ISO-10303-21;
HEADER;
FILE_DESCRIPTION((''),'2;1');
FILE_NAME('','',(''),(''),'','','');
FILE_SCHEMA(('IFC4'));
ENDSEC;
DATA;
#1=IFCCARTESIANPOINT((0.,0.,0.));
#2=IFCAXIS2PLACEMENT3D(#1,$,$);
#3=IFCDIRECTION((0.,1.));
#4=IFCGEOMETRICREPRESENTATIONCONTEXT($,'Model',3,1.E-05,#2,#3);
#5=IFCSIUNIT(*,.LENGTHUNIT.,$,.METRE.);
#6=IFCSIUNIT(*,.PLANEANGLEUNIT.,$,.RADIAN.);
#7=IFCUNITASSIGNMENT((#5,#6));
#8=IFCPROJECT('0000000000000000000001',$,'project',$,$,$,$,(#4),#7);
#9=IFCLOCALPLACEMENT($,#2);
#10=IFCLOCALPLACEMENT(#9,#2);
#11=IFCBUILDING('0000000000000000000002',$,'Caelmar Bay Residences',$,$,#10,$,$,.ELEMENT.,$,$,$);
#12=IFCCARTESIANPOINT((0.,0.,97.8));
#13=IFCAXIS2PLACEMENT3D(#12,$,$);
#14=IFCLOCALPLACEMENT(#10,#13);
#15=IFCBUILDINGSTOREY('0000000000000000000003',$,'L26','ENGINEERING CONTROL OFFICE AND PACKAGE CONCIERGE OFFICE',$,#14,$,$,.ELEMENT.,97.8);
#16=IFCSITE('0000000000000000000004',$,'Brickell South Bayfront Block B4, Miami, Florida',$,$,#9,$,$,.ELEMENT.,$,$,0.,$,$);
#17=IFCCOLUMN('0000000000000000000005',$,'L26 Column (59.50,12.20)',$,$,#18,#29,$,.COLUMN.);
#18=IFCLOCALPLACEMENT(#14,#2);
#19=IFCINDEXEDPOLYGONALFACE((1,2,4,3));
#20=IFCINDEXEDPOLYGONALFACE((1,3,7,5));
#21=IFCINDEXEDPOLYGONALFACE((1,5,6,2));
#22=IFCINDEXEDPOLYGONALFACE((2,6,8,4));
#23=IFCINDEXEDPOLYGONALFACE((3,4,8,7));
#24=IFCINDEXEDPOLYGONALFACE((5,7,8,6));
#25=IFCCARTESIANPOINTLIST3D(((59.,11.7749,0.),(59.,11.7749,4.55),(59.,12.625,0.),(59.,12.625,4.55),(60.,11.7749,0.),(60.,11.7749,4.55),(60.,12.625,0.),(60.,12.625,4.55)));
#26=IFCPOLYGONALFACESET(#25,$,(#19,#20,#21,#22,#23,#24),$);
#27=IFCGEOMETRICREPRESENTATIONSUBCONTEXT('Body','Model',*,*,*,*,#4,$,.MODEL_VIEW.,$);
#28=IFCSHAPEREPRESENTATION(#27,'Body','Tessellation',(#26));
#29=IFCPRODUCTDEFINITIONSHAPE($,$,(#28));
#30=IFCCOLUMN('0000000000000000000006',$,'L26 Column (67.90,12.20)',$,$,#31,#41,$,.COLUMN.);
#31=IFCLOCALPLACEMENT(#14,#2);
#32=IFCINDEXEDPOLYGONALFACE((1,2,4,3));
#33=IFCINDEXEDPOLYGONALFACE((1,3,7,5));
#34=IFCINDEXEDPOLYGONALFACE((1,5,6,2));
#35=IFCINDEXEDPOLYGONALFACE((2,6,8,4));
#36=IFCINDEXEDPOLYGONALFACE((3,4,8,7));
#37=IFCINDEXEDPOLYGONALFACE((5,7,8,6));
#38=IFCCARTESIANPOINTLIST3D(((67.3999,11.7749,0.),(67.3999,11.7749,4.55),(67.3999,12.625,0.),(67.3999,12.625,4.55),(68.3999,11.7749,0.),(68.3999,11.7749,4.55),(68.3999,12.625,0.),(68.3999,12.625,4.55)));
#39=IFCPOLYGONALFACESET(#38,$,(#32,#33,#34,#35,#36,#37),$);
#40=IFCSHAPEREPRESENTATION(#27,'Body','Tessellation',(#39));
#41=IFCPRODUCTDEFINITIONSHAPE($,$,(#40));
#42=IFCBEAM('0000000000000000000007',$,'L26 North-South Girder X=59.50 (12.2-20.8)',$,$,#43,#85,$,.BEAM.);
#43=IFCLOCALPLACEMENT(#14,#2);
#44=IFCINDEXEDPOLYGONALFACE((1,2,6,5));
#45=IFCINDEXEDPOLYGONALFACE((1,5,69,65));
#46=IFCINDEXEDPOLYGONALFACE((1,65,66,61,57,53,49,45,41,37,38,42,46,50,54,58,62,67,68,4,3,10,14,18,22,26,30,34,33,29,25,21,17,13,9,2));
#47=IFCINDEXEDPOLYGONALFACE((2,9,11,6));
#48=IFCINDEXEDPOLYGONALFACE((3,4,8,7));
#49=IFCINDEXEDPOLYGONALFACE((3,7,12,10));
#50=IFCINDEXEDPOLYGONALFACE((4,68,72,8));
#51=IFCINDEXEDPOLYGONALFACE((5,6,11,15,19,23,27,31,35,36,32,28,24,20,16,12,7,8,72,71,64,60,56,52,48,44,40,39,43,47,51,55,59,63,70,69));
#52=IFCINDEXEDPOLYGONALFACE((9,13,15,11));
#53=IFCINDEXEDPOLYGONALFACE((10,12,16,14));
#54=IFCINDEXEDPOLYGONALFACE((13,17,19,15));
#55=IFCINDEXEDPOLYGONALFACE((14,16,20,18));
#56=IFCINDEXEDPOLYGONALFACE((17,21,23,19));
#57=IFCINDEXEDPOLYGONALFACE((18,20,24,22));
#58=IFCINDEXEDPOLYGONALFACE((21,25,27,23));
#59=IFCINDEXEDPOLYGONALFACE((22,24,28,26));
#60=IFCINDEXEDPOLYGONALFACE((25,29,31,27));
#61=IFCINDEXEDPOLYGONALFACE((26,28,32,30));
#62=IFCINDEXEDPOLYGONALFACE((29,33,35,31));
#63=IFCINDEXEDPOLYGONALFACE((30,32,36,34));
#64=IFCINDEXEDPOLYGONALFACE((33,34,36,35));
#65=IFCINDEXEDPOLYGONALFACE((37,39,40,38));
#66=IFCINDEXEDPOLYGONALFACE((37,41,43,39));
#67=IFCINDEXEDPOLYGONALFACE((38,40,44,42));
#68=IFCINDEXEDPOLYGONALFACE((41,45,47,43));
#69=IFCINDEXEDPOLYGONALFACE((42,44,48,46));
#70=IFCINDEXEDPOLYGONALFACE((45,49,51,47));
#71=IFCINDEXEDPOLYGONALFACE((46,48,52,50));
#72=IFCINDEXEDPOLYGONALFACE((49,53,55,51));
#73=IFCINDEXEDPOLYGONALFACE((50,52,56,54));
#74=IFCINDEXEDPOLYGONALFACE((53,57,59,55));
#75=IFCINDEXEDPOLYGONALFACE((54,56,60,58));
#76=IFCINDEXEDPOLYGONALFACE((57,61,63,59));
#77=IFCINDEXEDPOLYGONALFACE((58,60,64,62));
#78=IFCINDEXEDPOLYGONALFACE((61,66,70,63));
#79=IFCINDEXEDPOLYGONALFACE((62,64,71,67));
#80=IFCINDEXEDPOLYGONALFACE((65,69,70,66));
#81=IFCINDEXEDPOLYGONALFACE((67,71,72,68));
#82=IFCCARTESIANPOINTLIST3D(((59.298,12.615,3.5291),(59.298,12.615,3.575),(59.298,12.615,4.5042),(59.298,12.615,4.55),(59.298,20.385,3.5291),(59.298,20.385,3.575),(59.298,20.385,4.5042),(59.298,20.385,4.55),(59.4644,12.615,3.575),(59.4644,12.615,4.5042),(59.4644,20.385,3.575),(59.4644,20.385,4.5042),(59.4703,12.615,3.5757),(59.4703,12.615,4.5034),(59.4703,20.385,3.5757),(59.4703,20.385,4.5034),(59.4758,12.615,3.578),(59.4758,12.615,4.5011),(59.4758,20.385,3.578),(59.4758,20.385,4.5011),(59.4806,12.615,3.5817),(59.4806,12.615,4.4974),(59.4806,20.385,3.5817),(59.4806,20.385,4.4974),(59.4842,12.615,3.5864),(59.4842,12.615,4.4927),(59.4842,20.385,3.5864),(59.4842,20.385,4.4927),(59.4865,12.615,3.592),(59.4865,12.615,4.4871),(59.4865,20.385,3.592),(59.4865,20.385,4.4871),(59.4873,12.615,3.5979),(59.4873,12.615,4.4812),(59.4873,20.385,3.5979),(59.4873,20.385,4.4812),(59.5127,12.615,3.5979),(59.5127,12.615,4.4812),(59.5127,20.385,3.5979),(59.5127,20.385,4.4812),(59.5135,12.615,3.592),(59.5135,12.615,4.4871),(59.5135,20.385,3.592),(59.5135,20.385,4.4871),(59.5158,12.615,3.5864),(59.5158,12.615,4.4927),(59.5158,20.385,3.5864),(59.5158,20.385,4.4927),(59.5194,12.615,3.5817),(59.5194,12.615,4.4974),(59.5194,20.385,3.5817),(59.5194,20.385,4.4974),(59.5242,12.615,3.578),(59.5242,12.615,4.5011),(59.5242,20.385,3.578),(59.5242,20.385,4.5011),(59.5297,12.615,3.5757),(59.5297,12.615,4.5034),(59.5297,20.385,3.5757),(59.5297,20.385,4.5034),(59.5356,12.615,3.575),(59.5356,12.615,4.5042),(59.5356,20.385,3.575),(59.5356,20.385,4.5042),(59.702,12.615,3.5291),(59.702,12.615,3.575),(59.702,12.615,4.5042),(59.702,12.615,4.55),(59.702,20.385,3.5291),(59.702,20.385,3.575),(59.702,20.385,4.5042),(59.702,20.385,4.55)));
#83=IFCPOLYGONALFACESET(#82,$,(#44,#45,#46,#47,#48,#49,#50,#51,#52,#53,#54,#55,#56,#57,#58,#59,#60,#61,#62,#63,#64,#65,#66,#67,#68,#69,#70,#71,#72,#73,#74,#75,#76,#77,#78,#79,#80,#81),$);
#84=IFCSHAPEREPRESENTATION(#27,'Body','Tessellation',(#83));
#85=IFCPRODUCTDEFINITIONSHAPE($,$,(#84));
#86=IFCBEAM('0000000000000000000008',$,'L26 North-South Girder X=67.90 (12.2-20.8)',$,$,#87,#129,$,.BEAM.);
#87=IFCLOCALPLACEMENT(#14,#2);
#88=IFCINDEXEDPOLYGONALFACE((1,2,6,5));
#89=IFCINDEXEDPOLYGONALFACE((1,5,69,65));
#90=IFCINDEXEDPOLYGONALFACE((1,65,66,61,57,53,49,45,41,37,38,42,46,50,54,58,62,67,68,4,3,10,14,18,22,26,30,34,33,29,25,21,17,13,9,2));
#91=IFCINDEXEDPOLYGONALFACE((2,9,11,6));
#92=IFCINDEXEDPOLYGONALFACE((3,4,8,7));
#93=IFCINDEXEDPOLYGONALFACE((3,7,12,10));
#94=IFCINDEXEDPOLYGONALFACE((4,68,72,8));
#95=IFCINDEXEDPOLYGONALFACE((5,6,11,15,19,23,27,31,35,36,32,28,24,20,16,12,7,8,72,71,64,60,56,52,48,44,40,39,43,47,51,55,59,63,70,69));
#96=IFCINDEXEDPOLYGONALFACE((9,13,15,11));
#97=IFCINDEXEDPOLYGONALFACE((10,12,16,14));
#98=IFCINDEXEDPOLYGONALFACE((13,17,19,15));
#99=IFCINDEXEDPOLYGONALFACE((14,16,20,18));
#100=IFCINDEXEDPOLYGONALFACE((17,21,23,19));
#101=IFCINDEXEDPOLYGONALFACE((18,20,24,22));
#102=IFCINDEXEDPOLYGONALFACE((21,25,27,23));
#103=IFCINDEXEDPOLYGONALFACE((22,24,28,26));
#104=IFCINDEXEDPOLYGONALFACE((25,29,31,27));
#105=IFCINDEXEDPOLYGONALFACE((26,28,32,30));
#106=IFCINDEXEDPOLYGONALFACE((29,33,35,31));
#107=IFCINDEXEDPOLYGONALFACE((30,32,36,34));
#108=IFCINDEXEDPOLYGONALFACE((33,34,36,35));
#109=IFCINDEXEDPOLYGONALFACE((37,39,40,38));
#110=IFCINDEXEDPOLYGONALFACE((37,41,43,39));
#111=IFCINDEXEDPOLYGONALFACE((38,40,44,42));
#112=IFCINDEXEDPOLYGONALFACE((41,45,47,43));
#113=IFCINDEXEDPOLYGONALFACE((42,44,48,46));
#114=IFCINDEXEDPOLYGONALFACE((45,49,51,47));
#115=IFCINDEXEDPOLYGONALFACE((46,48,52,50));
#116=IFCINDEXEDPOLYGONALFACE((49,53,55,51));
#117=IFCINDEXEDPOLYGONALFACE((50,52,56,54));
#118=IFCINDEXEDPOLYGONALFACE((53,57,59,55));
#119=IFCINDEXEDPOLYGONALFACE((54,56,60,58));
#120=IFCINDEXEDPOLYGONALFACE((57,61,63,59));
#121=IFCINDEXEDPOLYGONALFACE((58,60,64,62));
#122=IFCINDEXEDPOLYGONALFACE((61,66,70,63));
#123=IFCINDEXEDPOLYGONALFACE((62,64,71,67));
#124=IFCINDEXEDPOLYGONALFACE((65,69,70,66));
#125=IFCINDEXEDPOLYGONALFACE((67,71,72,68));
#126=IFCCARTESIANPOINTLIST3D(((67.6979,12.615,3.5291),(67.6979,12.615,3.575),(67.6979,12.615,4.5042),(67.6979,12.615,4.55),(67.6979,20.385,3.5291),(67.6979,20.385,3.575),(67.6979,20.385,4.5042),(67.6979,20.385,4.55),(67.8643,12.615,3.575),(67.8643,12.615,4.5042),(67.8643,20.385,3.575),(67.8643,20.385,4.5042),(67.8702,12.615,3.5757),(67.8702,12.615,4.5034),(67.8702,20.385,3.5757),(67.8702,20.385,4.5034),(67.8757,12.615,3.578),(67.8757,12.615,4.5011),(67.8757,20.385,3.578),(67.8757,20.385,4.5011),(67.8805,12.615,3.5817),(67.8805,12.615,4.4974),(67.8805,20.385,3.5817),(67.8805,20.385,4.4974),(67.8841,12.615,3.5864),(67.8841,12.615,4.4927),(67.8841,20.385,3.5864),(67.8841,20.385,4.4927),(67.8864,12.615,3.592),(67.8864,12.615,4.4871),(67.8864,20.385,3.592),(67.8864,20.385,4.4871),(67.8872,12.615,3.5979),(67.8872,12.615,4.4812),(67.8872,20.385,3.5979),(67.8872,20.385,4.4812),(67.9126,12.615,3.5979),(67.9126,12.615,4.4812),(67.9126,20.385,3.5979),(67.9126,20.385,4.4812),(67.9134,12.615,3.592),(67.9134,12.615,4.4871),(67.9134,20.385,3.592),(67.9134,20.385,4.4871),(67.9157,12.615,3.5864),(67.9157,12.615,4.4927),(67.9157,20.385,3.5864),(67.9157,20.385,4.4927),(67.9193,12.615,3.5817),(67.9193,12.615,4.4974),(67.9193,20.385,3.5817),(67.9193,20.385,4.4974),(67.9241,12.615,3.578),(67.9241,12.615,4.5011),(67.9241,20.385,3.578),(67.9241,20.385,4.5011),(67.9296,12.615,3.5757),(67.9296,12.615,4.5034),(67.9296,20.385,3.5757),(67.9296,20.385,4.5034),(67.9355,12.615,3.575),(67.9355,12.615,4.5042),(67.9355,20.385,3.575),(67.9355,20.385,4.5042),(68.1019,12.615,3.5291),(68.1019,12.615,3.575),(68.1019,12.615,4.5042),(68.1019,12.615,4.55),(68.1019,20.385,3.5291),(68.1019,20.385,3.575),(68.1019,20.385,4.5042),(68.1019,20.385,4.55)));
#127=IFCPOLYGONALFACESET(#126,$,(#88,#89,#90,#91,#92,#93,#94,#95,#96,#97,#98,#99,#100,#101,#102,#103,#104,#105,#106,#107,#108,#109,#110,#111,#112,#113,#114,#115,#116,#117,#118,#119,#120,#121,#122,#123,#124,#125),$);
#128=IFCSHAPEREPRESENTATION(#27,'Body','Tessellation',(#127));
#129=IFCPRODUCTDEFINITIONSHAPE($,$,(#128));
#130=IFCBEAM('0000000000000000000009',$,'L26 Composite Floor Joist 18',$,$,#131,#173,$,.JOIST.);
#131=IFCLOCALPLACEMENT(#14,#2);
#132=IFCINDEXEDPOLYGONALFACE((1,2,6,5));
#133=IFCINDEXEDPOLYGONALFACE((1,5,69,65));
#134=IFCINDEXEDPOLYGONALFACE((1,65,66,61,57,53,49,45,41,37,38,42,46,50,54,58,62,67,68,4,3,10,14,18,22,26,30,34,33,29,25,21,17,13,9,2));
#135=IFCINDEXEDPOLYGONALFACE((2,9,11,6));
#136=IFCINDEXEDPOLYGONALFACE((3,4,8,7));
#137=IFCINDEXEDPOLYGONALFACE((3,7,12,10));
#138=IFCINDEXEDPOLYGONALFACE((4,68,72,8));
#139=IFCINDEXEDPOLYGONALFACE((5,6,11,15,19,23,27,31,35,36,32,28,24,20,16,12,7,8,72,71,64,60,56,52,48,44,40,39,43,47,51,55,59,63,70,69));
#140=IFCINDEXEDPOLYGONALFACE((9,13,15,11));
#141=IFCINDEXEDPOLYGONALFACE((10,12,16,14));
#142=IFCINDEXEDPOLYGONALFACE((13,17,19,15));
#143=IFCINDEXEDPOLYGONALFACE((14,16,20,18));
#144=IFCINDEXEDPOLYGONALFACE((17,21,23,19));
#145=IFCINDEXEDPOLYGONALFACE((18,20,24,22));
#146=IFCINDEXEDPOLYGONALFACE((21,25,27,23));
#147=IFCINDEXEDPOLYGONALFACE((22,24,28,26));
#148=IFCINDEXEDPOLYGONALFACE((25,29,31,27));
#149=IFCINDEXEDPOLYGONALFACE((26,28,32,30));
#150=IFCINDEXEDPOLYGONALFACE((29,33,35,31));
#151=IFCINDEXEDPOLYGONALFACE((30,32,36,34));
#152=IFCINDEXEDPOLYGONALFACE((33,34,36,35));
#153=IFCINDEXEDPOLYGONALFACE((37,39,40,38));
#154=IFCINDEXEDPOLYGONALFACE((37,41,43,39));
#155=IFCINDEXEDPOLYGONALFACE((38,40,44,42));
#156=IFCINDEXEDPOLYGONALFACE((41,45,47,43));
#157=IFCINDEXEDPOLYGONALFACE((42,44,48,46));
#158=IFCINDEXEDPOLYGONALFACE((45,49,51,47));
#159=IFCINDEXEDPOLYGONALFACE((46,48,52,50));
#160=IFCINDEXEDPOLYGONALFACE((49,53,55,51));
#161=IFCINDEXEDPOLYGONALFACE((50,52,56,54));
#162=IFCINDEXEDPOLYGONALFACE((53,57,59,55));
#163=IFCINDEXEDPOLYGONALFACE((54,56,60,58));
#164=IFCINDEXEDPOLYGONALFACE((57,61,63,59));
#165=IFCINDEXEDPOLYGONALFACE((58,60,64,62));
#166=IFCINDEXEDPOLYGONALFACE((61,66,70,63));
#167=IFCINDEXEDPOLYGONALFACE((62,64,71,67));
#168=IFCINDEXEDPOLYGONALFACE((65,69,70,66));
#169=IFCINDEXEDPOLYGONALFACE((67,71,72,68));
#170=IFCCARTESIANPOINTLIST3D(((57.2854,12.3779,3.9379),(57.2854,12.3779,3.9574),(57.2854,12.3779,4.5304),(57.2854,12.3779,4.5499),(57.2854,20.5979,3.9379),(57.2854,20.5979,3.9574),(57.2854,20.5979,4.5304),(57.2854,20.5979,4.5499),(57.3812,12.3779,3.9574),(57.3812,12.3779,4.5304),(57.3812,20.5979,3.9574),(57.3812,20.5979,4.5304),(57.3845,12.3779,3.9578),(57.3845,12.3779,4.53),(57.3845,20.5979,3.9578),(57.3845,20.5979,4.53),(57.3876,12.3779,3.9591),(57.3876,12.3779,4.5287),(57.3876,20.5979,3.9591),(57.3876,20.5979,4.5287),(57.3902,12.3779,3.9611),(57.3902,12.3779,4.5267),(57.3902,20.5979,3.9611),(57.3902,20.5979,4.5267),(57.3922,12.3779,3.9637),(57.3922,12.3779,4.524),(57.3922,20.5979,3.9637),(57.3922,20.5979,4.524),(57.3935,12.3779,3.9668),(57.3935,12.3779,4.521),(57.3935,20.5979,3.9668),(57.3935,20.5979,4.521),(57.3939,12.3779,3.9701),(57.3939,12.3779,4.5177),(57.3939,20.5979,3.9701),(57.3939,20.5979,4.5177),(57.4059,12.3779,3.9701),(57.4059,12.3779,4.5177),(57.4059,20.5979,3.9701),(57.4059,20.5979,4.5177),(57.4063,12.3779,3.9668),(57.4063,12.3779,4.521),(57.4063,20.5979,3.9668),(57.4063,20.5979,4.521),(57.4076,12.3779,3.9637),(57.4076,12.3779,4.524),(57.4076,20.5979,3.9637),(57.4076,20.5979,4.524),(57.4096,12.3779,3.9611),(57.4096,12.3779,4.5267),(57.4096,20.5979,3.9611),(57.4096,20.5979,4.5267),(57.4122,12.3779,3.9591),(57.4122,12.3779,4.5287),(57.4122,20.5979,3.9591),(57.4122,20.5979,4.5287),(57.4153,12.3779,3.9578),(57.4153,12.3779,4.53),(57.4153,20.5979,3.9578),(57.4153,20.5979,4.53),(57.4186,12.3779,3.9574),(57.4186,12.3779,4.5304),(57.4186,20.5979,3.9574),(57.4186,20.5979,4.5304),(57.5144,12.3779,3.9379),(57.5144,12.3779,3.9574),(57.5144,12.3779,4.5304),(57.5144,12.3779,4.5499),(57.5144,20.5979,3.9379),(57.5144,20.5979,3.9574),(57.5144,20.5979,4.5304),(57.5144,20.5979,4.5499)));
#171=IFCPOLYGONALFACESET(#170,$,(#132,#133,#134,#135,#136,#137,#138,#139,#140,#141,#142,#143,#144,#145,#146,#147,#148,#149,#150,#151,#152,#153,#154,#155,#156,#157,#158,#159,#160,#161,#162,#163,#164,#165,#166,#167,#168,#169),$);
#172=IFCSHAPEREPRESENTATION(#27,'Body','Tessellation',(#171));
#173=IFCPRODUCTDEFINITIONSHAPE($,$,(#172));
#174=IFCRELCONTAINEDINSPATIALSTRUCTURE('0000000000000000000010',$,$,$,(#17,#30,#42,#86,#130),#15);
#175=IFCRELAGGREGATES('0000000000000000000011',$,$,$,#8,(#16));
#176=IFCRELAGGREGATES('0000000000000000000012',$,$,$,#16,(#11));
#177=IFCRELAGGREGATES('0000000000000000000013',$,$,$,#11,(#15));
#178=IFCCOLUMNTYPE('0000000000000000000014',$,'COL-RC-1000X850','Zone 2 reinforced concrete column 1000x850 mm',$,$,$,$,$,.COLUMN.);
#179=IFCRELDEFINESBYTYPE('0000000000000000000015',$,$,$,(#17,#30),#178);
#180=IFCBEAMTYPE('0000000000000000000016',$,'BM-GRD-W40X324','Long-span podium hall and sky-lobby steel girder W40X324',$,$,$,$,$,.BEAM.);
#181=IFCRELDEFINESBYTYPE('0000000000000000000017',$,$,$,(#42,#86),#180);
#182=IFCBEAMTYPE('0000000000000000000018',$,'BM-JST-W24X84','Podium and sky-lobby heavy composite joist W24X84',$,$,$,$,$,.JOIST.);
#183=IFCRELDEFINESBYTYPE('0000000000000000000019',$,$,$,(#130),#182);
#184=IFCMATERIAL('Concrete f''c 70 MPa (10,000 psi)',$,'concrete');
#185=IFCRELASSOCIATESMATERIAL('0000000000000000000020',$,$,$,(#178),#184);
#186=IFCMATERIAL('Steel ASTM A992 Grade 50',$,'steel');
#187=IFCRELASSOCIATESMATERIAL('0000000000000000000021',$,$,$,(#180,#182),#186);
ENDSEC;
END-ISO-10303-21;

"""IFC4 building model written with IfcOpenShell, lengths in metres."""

from ifc_helpers import new_model, si_unit, direction, frame, origin, origin_2d, place, context, subcontext, project, spatial, rectangle, i_section, extrude, material, material_profile, profile_set, type_object, element, save


model = new_model("IFC4")

# Units and contexts
model_context = context("Model", 3, precision=1e-05, world=origin(), true_north=direction((0.0, 1.0)))
body_context = subcontext(model_context, "Body", "Model", "MODEL_VIEW")
ifc_project = project(units=[si_unit("LENGTHUNIT", "METRE"), si_unit("PLANEANGLEUNIT", "RADIAN")], contexts=[model_context])

# Site, building, storey
site_placement = place(None, origin())
site = spatial("IfcSite", under=ifc_project, at=site_placement, Name="Brickell South Bayfront Block B4, Miami, Florida", CompositionType="ELEMENT", RefElevation=0.0)
building_placement = place(site_placement, origin())
building = spatial("IfcBuilding", under=site, at=building_placement, Name="Caelmar Bay Residences", CompositionType="ELEMENT")
storey_placement = place(building_placement, frame((0.0, 0.0, 97.8)))
storey = spatial("IfcBuildingStorey", under=building, at=storey_placement, Name="L26", Description="ENGINEERING CONTROL OFFICE AND PACKAGE CONCIERGE OFFICE", CompositionType="ELEMENT", Elevation=97.8)

# Columns
ifc_material_1 = material(Name="Concrete f'c 70 MPa (10,000 psi)", Category="concrete")
ifc_material_profile_1 = material_profile(ifc_material_1, rectangle(XDim=1.0, YDim=0.8501, at=origin_2d()), Name="RC-COL-1000X850")
ifc_profile_set_1 = profile_set([ifc_material_profile_1], Name="Concrete f'c 70 MPa (10,000 psi)")
column_type = type_object("IfcColumnType", Name="COL-RC-1000X850", Description="Zone 2 reinforced concrete column 1000x850 mm", PredefinedType="COLUMN", material=ifc_profile_set_1)
for number, where, z_axis, x_axis, name in (
    (1, (59.5, 12.2, 0.0), (0.0, 0.0, 1.0), (1.0, 0.0, 0.0), "L26 Column (59.50,12.20)"),
    (2, (67.8999, 12.2, 0.0), (0.0, 0.0, 1.0), (1.0, 0.0, 0.0), "L26 Column (67.90,12.20)"),
):
    element("IfcColumn", number, at=place(storey_placement, frame(where, z_axis=z_axis, x_axis=x_axis)), inside=storey, type_object=column_type, Name=name, PredefinedType="COLUMN", context=body_context, shape_type="SweptSolid", body=[
        extrude(rectangle(XDim=1.0, YDim=0.8501, at=origin_2d()), origin(), (0.0, 0.0, 1.0), 4.55),
    ])

# Beams
ifc_material_2 = material(Name="Steel ASTM A992 Grade 50", Category="steel")
ifc_material_profile_2 = material_profile(ifc_material_2, i_section(OverallWidth=0.4041, OverallDepth=1.021, WebThickness=0.0254, FlangeThickness=0.0459, FilletRadius=0.0229, at=origin_2d()), Name="W40X324")
ifc_profile_set_2 = profile_set([ifc_material_profile_2], Name="Steel ASTM A992 Grade 50")
beam_type_1 = type_object("IfcBeamType", Name="BM-GRD-W40X324", Description="Long-span podium hall and sky-lobby steel girder W40X324", PredefinedType="BEAM", material=ifc_profile_set_2)
for number, where, z_axis, x_axis, name in (
    (3, (59.5, 12.615, 4.0396), (0.0, 1.0, 0.0), (-1.0, 0.0, 0.0), "L26 North-South Girder X=59.50 (12.2-20.8)"),
    (4, (67.8999, 12.615, 4.0396), (0.0, 1.0, 0.0), (-1.0, 0.0, 0.0), "L26 North-South Girder X=67.90 (12.2-20.8)"),
):
    element("IfcBeam", number, at=place(storey_placement, frame(where, z_axis=z_axis, x_axis=x_axis)), inside=storey, type_object=beam_type_1, Name=name, PredefinedType="BEAM", context=body_context, shape_type="SweptSolid", body=[
        extrude(i_section(OverallWidth=0.4041, OverallDepth=1.021, WebThickness=0.0254, FlangeThickness=0.0459, FilletRadius=0.0229, at=origin_2d()), origin(), (0.0, 0.0, 1.0), 7.77),
    ])
ifc_material_profile_3 = material_profile(ifc_material_2, i_section(OverallWidth=0.229, OverallDepth=0.6121, WebThickness=0.012, FlangeThickness=0.0195, FilletRadius=0.0127, at=origin_2d()), Name="W24X84")
ifc_profile_set_3 = profile_set([ifc_material_profile_3], Name="Steel ASTM A992 Grade 50")
beam_type_2 = type_object("IfcBeamType", Name="BM-JST-W24X84", Description="Podium and sky-lobby heavy composite joist W24X84", PredefinedType="JOIST", material=ifc_profile_set_3)
for number, where, z_axis, x_axis, name in (
    (5, (57.3999, 12.3779, 4.2439), (0.0, 1.0, 0.0), (-1.0, 0.0, 0.0), "L26 Composite Floor Joist 18"),
):
    element("IfcBeam", number, at=place(storey_placement, frame(where, z_axis=z_axis, x_axis=x_axis)), inside=storey, type_object=beam_type_2, Name=name, PredefinedType="JOIST", context=body_context, shape_type="SweptSolid", body=[
        extrude(i_section(OverallWidth=0.229, OverallDepth=0.6121, WebThickness=0.012, FlangeThickness=0.0195, FilletRadius=0.0127, at=origin_2d()), origin(), (0.0, 0.0, 1.0), 8.22),
    ])

save(model, "model.ifc")
